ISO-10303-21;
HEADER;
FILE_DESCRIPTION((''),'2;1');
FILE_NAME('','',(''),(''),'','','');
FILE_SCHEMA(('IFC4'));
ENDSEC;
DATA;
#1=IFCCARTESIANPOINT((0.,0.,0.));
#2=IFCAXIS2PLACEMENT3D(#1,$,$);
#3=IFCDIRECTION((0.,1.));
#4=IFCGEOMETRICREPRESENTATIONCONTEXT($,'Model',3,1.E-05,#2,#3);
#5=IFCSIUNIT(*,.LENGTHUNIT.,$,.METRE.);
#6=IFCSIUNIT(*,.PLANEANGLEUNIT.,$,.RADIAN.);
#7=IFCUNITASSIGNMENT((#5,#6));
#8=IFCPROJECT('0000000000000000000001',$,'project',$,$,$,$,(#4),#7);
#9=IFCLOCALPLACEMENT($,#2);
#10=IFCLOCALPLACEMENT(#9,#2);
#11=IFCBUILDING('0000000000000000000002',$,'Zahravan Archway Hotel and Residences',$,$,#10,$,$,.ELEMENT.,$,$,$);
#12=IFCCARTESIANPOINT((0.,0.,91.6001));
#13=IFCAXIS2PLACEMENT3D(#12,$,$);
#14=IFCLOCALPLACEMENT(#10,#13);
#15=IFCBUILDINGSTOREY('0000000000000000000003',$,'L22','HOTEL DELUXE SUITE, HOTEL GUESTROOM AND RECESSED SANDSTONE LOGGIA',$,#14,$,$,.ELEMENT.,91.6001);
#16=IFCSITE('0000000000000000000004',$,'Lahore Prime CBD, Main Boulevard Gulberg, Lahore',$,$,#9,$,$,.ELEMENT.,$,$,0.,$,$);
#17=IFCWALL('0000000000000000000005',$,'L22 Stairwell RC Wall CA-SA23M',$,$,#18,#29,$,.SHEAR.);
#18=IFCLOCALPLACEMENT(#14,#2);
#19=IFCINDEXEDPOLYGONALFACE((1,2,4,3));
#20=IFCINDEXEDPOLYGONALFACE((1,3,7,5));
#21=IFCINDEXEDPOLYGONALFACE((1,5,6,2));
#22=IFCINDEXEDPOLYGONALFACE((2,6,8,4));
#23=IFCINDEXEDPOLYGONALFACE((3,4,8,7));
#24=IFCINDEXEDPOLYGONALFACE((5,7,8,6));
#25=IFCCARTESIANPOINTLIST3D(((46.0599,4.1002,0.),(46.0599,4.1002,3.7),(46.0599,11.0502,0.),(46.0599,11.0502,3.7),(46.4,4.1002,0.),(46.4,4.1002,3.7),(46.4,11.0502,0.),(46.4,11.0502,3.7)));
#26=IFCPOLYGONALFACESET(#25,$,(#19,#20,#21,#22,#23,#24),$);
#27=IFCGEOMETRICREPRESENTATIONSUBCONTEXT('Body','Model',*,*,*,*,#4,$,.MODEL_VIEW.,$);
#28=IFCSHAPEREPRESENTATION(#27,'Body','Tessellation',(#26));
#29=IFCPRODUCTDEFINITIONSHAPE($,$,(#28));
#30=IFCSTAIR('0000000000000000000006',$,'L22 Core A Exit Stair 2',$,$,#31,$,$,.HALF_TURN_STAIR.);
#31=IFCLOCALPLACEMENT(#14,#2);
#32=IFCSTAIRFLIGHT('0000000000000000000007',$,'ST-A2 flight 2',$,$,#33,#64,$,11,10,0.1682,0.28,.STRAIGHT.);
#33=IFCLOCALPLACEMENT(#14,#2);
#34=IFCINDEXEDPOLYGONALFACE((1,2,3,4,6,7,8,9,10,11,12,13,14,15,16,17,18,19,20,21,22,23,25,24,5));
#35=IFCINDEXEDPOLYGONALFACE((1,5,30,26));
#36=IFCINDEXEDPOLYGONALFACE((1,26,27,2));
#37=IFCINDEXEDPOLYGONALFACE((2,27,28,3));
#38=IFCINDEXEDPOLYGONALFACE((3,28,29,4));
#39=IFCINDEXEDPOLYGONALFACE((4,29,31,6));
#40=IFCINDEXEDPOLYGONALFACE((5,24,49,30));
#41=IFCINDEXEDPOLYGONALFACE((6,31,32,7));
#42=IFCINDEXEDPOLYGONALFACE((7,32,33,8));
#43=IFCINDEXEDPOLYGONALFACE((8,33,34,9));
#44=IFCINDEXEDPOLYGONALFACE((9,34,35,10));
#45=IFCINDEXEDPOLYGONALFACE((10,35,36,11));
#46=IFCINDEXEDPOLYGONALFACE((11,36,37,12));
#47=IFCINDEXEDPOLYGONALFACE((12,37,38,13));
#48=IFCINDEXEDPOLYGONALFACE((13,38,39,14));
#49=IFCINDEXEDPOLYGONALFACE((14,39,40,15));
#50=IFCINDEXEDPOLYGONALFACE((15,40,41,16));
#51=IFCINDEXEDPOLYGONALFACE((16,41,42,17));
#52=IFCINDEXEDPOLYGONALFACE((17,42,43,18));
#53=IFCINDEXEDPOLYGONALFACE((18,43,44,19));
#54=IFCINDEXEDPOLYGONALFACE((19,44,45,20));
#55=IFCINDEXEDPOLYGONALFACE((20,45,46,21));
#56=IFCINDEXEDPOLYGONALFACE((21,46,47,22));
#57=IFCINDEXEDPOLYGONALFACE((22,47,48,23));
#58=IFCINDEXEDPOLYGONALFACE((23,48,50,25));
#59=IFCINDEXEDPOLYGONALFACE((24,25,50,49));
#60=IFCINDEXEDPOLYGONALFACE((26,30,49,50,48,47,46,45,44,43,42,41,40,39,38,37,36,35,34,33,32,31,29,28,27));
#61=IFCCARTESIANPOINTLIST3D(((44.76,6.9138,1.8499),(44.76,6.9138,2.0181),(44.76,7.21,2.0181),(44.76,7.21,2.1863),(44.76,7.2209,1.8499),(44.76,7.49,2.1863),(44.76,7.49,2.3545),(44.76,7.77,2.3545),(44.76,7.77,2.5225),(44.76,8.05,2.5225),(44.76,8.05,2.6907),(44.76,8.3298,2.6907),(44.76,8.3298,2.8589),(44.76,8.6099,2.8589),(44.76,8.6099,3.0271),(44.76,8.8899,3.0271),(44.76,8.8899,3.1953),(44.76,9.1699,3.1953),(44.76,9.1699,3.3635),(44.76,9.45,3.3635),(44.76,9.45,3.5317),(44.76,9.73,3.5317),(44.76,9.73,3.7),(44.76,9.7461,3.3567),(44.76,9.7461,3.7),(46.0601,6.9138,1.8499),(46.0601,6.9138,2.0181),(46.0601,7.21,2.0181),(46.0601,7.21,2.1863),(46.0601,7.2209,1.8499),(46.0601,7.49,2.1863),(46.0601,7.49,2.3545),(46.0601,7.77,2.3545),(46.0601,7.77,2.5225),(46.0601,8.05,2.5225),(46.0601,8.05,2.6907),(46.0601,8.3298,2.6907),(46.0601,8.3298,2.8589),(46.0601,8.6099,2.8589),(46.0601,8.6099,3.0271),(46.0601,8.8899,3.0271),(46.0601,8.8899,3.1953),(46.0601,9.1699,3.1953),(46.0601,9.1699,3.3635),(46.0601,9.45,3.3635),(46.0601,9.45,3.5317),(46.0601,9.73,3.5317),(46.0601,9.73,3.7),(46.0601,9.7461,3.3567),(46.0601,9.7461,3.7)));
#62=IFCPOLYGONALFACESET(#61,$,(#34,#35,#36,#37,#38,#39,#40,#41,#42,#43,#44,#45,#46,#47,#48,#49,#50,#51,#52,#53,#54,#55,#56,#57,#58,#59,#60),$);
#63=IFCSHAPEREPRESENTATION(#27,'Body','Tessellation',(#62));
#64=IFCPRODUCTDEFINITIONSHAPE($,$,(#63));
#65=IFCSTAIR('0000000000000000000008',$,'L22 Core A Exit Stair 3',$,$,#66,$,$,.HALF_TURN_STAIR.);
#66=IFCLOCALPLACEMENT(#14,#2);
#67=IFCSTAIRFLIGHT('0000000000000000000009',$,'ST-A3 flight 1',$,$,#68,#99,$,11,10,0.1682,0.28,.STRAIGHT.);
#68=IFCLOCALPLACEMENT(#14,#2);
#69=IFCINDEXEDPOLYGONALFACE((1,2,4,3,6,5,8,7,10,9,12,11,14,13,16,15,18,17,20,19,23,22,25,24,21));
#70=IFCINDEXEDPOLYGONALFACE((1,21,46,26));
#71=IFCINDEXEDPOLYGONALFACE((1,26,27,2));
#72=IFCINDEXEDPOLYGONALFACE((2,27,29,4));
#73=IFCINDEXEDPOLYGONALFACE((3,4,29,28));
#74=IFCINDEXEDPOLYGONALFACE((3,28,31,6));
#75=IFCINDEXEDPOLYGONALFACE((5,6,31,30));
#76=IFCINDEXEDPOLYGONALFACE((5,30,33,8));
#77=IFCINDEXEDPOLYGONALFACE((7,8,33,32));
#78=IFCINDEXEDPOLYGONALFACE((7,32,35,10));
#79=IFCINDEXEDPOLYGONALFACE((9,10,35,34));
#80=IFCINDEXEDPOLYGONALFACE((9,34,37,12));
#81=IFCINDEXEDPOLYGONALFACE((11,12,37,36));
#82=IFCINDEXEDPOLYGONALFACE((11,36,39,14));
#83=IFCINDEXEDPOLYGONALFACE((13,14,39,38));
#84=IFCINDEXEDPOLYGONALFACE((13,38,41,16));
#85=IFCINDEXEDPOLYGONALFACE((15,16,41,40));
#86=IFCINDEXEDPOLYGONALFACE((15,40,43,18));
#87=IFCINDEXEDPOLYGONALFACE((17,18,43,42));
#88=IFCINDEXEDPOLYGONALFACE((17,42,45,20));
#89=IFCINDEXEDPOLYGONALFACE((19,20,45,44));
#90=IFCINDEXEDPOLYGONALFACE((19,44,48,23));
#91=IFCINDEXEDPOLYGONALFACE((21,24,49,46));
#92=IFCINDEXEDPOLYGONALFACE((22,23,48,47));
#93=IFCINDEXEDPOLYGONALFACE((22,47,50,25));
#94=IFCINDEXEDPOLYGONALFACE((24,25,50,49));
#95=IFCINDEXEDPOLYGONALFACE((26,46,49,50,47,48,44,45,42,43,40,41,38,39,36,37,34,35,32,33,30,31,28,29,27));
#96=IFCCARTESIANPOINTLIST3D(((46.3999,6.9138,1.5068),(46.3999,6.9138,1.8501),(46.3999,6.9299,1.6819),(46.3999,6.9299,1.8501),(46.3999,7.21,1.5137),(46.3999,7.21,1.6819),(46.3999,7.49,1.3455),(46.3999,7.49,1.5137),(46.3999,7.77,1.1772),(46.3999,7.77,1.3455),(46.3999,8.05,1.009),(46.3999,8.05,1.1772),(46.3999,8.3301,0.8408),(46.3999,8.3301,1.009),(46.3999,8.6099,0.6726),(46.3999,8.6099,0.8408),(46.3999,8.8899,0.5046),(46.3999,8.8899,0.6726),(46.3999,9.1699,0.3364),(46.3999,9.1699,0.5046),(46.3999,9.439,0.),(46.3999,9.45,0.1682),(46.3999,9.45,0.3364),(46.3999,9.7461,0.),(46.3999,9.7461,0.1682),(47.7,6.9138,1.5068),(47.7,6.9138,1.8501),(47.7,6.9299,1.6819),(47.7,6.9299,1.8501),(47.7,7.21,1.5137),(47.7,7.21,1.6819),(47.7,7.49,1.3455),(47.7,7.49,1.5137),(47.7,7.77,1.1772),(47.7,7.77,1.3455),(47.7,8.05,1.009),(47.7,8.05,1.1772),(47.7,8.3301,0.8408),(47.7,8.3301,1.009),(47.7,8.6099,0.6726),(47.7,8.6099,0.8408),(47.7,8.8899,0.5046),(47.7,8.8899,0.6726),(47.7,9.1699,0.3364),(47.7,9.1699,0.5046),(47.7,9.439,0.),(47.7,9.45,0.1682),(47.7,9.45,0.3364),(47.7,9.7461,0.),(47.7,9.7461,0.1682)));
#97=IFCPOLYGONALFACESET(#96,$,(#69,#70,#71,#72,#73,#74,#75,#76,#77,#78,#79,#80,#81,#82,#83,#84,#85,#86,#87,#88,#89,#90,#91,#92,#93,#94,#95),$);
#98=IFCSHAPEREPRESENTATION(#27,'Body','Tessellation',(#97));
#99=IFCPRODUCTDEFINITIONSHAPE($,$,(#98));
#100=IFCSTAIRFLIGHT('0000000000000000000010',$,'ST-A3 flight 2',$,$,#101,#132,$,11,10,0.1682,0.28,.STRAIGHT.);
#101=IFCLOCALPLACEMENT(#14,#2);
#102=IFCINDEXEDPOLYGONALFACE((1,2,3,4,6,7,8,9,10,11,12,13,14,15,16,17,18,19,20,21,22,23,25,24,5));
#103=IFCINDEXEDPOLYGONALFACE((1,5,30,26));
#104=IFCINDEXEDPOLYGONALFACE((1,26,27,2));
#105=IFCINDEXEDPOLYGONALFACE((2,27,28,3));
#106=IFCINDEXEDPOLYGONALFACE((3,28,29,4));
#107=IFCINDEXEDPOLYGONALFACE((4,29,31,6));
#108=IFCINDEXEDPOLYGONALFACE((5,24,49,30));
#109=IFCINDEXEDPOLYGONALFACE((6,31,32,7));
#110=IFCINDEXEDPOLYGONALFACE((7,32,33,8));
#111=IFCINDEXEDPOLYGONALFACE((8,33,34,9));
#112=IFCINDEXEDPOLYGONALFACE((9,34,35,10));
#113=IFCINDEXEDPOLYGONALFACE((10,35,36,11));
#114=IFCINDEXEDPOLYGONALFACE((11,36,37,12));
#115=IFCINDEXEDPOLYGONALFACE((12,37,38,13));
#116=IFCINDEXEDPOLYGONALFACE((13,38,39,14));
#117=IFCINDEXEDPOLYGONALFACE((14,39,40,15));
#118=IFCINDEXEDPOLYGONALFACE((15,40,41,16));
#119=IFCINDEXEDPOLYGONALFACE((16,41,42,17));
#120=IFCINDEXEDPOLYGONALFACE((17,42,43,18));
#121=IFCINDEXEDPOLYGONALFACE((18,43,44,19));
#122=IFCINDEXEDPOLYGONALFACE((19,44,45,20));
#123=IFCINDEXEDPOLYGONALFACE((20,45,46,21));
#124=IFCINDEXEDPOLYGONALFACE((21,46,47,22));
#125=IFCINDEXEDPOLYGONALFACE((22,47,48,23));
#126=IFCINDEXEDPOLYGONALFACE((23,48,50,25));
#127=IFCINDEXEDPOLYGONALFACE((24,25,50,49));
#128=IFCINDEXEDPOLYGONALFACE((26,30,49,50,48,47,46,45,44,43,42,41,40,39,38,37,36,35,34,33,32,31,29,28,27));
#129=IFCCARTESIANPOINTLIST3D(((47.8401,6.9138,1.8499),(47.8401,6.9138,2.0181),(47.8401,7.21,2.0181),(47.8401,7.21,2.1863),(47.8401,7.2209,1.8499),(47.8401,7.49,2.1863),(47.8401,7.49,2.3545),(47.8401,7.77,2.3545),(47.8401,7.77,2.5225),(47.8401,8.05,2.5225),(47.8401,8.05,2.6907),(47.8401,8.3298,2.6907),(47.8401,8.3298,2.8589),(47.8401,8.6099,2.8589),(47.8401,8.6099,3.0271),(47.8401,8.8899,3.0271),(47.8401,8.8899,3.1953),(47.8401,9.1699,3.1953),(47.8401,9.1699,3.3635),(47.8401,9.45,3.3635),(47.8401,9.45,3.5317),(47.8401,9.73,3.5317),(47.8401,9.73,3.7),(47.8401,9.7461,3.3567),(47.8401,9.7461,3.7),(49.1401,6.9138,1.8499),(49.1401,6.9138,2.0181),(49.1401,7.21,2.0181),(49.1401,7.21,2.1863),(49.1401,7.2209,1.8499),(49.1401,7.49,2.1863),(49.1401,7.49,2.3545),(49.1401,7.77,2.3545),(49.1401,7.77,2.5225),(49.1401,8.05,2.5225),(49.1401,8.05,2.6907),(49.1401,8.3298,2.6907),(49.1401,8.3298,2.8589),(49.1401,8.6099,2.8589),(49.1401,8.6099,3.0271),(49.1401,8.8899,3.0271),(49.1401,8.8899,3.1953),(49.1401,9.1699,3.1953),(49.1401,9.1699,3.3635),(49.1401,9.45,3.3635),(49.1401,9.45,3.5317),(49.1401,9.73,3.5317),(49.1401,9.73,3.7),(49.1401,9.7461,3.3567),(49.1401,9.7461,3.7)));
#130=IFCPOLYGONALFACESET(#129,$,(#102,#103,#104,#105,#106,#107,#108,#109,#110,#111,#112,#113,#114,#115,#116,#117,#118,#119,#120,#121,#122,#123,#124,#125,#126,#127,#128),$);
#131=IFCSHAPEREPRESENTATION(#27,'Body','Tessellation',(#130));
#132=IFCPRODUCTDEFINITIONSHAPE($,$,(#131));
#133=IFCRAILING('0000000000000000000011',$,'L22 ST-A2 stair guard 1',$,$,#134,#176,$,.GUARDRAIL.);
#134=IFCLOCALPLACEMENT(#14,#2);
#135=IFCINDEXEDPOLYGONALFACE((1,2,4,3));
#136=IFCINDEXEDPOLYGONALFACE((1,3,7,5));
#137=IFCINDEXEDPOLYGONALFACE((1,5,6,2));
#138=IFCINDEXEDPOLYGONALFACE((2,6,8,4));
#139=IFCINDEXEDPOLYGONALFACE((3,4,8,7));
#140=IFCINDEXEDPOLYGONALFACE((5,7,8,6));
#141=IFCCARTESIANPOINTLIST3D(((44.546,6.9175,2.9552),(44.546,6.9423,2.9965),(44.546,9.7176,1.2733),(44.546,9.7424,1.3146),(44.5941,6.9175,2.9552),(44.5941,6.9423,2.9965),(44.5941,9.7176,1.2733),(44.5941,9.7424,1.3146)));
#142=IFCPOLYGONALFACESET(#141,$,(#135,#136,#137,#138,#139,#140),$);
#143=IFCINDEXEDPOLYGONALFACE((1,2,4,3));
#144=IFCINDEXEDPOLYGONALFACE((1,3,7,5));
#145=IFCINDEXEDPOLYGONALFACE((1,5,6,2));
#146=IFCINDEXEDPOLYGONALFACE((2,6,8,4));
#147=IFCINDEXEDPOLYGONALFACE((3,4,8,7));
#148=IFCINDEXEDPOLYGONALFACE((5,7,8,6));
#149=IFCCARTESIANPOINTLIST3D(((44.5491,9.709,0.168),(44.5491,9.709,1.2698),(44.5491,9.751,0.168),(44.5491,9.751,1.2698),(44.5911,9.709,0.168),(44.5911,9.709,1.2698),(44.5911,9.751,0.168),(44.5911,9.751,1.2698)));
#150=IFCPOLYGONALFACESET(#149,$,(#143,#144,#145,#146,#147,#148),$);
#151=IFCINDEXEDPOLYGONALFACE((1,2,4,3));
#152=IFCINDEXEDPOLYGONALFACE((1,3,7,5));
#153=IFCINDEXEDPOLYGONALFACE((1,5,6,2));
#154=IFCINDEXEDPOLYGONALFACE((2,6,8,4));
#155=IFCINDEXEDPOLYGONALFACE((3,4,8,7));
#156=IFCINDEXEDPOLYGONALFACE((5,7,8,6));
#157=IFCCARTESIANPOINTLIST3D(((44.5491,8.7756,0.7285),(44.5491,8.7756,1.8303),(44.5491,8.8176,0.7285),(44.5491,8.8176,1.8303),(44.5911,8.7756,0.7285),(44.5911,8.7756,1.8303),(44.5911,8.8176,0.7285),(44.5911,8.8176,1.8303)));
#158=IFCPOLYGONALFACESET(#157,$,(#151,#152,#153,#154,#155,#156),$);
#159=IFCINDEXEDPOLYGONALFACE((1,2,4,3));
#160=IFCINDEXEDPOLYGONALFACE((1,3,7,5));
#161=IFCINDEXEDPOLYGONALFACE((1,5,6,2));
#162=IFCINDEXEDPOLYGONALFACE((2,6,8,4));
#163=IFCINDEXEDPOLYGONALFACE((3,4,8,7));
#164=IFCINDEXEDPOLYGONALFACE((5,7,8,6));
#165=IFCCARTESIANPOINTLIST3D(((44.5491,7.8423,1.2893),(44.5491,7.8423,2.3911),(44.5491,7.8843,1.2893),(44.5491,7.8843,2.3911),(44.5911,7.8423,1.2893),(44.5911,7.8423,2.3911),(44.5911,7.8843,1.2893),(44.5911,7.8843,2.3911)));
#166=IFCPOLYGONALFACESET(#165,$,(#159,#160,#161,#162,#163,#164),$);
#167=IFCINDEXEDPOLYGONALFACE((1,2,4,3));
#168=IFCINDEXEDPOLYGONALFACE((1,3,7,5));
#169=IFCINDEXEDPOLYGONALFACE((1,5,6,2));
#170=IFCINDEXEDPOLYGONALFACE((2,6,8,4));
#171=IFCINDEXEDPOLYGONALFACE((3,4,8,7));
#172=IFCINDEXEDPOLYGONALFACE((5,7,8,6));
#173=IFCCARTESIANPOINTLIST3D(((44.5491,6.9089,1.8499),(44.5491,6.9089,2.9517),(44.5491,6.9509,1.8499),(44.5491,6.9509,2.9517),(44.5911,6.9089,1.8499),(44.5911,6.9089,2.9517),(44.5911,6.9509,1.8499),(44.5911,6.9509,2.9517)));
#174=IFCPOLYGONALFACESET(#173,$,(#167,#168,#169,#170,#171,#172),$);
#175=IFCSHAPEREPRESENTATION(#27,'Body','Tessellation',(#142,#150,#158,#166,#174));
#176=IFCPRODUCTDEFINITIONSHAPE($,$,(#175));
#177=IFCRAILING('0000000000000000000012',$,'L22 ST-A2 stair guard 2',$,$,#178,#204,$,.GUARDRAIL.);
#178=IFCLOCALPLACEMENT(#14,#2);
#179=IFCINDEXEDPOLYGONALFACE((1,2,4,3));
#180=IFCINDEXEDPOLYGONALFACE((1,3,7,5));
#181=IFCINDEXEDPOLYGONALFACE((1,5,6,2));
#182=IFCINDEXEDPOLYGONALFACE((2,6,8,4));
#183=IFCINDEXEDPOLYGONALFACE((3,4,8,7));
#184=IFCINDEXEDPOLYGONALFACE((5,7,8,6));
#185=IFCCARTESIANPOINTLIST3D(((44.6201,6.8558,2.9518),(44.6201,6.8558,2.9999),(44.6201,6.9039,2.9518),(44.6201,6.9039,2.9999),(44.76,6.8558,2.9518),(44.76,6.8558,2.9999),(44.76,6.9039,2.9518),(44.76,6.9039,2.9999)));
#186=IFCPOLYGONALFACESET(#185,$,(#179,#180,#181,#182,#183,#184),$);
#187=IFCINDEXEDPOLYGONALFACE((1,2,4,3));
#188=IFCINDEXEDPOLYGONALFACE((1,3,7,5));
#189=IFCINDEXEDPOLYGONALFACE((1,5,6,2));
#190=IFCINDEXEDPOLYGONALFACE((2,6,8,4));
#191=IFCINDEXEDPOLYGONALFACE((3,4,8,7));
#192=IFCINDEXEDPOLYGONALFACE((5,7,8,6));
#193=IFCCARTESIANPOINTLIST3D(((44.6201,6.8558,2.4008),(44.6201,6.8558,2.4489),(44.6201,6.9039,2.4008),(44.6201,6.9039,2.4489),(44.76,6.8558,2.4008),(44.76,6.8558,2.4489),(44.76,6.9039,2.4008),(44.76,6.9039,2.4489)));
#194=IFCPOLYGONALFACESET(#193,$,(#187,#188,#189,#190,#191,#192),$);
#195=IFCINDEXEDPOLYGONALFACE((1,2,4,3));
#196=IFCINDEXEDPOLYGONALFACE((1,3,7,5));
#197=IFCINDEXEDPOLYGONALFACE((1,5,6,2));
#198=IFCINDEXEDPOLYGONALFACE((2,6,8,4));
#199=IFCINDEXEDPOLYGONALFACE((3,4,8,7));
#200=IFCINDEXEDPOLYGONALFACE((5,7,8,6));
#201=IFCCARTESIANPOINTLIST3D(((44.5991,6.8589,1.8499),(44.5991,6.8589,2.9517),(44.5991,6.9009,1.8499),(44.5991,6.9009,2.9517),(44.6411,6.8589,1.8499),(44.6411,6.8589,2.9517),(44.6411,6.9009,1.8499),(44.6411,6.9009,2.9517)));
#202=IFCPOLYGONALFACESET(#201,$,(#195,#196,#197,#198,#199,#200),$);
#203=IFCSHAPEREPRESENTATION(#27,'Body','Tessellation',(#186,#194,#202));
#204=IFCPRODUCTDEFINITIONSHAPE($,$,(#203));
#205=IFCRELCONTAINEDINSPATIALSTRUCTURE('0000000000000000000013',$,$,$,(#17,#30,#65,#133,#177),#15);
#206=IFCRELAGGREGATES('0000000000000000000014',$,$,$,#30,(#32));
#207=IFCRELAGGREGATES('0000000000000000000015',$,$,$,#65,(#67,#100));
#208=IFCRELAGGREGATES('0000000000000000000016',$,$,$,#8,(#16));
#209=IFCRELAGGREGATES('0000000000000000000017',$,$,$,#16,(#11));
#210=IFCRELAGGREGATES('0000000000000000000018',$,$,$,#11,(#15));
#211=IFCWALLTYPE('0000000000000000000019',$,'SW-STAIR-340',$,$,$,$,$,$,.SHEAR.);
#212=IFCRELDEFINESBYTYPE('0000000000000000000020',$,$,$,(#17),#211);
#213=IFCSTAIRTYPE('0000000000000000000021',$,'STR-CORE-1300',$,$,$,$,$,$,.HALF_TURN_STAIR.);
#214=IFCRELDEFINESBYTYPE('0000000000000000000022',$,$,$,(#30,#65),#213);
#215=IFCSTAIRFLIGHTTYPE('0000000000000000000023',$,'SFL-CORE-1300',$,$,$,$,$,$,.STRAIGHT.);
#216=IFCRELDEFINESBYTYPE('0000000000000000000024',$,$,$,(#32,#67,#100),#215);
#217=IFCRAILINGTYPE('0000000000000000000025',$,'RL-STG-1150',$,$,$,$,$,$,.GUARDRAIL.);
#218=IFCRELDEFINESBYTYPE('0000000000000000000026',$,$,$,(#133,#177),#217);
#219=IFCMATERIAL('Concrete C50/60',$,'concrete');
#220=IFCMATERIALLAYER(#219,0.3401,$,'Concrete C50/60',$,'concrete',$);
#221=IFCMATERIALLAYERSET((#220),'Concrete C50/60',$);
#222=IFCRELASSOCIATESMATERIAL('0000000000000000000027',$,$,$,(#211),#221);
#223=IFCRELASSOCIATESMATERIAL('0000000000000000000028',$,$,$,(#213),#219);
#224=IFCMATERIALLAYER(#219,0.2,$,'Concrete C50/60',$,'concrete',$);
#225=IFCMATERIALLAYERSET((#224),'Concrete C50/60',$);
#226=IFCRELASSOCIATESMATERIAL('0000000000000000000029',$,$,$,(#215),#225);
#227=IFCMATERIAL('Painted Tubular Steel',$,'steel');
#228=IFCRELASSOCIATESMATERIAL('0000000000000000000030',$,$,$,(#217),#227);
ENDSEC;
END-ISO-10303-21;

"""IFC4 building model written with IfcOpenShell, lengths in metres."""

from ifc_helpers import new_model, si_unit, direction, frame, frame_2d, origin, origin_2d, place, context, subcontext, project, spatial, polyline, rectangle, outline, extrude, source, transform, mapped, material, layer, layer_set, type_object, element, aggregate, save


model = new_model("IFC4")

# Units and contexts
model_context = context("Model", 3, precision=1e-05, world=origin(), true_north=direction((0.0, 1.0)))
body_context = subcontext(model_context, "Body", "Model", "MODEL_VIEW")
ifc_project = project(units=[si_unit("LENGTHUNIT", "METRE"), si_unit("PLANEANGLEUNIT", "RADIAN")], contexts=[model_context])

# Site, building, storey
site_placement = place(None, origin())
site = spatial("IfcSite", under=ifc_project, at=site_placement, Name="Lahore Prime CBD, Main Boulevard Gulberg, Lahore", CompositionType="ELEMENT", RefElevation=0.0)
building_placement = place(site_placement, origin())
building = spatial("IfcBuilding", under=site, at=building_placement, Name="Zahravan Archway Hotel and Residences", CompositionType="ELEMENT")
storey_placement = place(building_placement, frame((0.0, 0.0, 91.6001)))
storey = spatial("IfcBuildingStorey", under=building, at=storey_placement, Name="L22", Description="HOTEL DELUXE SUITE, HOTEL GUESTROOM AND RECESSED SANDSTONE LOGGIA", CompositionType="ELEMENT", Elevation=91.6001)

# Wall
ifc_material_1 = material(Name="Concrete C50/60", Category="concrete")
ifc_layer_1 = layer(ifc_material_1, 0.3401, Name="Concrete C50/60", Category="concrete")
ifc_layer_set_1 = layer_set([ifc_layer_1], Name="Concrete C50/60")
wall_type = type_object("IfcWallType", Name="SW-STAIR-340", PredefinedType="SHEAR", material=ifc_layer_set_1)
wall_placement = place(storey_placement, frame((46.23, 4.1001, 0.0), z_axis=(0.0, 0.0, 1.0), x_axis=(0.0, 1.0, 0.0)))
element("IfcWall", 1, at=wall_placement, inside=storey, type_object=wall_type, Name="L22 Stairwell RC Wall CA-SA23M", PredefinedType="SHEAR", context=body_context, shape_type="SweptSolid", body=[
    extrude(rectangle(XDim=6.95, YDim=0.3401, at=frame_2d((3.4751, 0.0))), origin(), (0.0, 0.0, 1.0), 3.7),
])

# Stair, stair flight
stair_type = type_object("IfcStairType", Name="STR-CORE-1300", PredefinedType="HALF_TURN_STAIR", material=ifc_material_1)
stair_1_placement = place(storey_placement, origin())
stair_1 = element("IfcStair", 2, at=stair_1_placement, inside=storey, type_object=stair_type, Name="L22 Core A Exit Stair 2", PredefinedType="HALF_TURN_STAIR")
ifc_layer_2 = layer(ifc_material_1, 0.2, Name="Concrete C50/60", Category="concrete")
ifc_layer_set_2 = layer_set([ifc_layer_2], Name="Concrete C50/60")
stair_flight_type = type_object("IfcStairFlightType", Name="SFL-CORE-1300", PredefinedType="STRAIGHT", material=ifc_layer_set_2)
shared_shape = source(origin(), body_context, "Body", "SweptSolid", [
    extrude(outline(polyline([(-0.0161, 0.0), (-0.0161, 0.1682), (0.28, 0.1682), (0.28, 0.3364), (0.5601, 0.3364), (0.5601, 0.5046), (0.8401, 0.5046), (0.8401, 0.6726), (1.1201, 0.6726), (1.1201, 0.8408), (1.3999, 0.8408), (1.3999, 1.009), (1.6799, 1.009), (1.6799, 1.1772), (1.96, 1.1772), (1.96, 1.3455), (2.24, 1.3455), (2.24, 1.5137), (2.52, 1.5137), (2.52, 1.6819), (2.8, 1.6819), (2.8, 1.8501), (2.8162, 1.8501), (2.8162, 1.5068), (0.291, 0.0), (-0.0161, 0.0)])), frame((0.0, 0.6499, 0.0), z_axis=(0.0, -1.0, 0.0), x_axis=(1.0, 0.0, 0.0)), (0.0, 0.0, 1.0), 1.3),
])
stair_flight_1_placement = place(storey_placement, frame((45.4099, 6.9299, 1.8499), z_axis=(0.0, 0.0, 1.0), x_axis=(0.0, 1.0, 0.0)))
stair_flight_1 = element("IfcStairFlight", 3, at=stair_flight_1_placement, type_object=stair_flight_type, Name="ST-A2 flight 2", NumberOfRisers=11, NumberOfTreads=10, PredefinedType="STRAIGHT", RiserHeight=0.1682, TreadLength=0.28, context=body_context, shape_type="MappedRepresentation", body=[
    mapped(shared_shape, transform((0.0, 0.0, 0.0), scale=1.0)),
])
aggregate(stair_1, [stair_flight_1])

# Stair, stair flights
stair_2_placement = place(storey_placement, origin())
stair_2 = element("IfcStair", 4, at=stair_2_placement, inside=storey, type_object=stair_type, Name="L22 Core A Exit Stair 3", PredefinedType="HALF_TURN_STAIR")
stair_flight_2_placement = place(storey_placement, frame((47.05, 9.73, 0.0), z_axis=(0.0, 0.0, 1.0), x_axis=(0.0, -1.0, 0.0)))
stair_flight_2 = element("IfcStairFlight", 5, at=stair_flight_2_placement, type_object=stair_flight_type, Name="ST-A3 flight 1", NumberOfRisers=11, NumberOfTreads=10, PredefinedType="STRAIGHT", RiserHeight=0.1682, TreadLength=0.28, context=body_context, shape_type="MappedRepresentation", body=[
    mapped(shared_shape, transform((0.0, 0.0, 0.0), scale=1.0)),
])
stair_flight_3_placement = place(storey_placement, frame((48.49, 6.9299, 1.8499), z_axis=(0.0, 0.0, 1.0), x_axis=(0.0, 1.0, 0.0)))
stair_flight_3 = element("IfcStairFlight", 6, at=stair_flight_3_placement, type_object=stair_flight_type, Name="ST-A3 flight 2", NumberOfRisers=11, NumberOfTreads=10, PredefinedType="STRAIGHT", RiserHeight=0.1682, TreadLength=0.28, context=body_context, shape_type="MappedRepresentation", body=[
    mapped(shared_shape, transform((0.0, 0.0, 0.0), scale=1.0)),
])
aggregate(stair_2, [stair_flight_2, stair_flight_3])

# Railings
ifc_material_2 = material(Name="Painted Tubular Steel", Category="steel")
railing_type_1 = type_object("IfcRailingType", Name="RL-STG-1150", PredefinedType="GUARDRAIL", material=ifc_material_2)
railing_1_placement = place(storey_placement, frame((44.5701, 9.73, 0.168)))
element("IfcRailing", 7, at=railing_1_placement, inside=storey, type_object=railing_type_1, Name="L22 ST-A2 stair guard 1", PredefinedType="GUARDRAIL", context=body_context, shape_type="SweptSolid", body=[
    extrude(rectangle(XDim=0.0481, YDim=0.0481, at=origin_2d()), frame((0.0, 0.0, 1.126), z_axis=(0.0, -0.857242, 0.514913), x_axis=(1.0, 0.0, 0.0)), (0.0, 0.0, 1.0), 3.2664),
    extrude(rectangle(XDim=0.042, YDim=0.042, at=origin_2d()), origin(), (0.0, 0.0, 1.0), 1.1018),
    extrude(rectangle(XDim=0.042, YDim=0.042, at=origin_2d()), frame((0.0, -0.9333, 0.5605)), (0.0, 0.0, 1.0), 1.1018),
    extrude(rectangle(XDim=0.042, YDim=0.042, at=origin_2d()), frame((0.0, -1.8667, 1.1213)), (0.0, 0.0, 1.0), 1.1018),
    extrude(rectangle(XDim=0.042, YDim=0.042, at=origin_2d()), frame((0.0, -2.8, 1.6819)), (0.0, 0.0, 1.0), 1.1018),
])
railing_2_placement = place(storey_placement, frame((44.6201, 6.8799, 1.8499)))
element("IfcRailing", 8, at=railing_2_placement, inside=storey, type_object=railing_type_1, Name="L22 ST-A2 stair guard 2", PredefinedType="GUARDRAIL", context=body_context, shape_type="SweptSolid", body=[
    extrude(rectangle(XDim=0.0481, YDim=0.0481, at=origin_2d()), frame((0.0, 0.0, 1.126), z_axis=(1.0, 0.0, 0.0), x_axis=(0.0, 1.0, 0.0)), (0.0, 0.0, 1.0), 0.1399),
    extrude(rectangle(XDim=0.0481, YDim=0.0481, at=origin_2d()), frame((0.0, 0.0, 0.575), z_axis=(1.0, 0.0, 0.0), x_axis=(0.0, 1.0, 0.0)), (0.0, 0.0, 1.0), 0.1399),
    extrude(rectangle(XDim=0.042, YDim=0.042, at=origin_2d()), origin(), (0.0, 0.0, 1.0), 1.1018),
])

save(model, "model.ifc")
